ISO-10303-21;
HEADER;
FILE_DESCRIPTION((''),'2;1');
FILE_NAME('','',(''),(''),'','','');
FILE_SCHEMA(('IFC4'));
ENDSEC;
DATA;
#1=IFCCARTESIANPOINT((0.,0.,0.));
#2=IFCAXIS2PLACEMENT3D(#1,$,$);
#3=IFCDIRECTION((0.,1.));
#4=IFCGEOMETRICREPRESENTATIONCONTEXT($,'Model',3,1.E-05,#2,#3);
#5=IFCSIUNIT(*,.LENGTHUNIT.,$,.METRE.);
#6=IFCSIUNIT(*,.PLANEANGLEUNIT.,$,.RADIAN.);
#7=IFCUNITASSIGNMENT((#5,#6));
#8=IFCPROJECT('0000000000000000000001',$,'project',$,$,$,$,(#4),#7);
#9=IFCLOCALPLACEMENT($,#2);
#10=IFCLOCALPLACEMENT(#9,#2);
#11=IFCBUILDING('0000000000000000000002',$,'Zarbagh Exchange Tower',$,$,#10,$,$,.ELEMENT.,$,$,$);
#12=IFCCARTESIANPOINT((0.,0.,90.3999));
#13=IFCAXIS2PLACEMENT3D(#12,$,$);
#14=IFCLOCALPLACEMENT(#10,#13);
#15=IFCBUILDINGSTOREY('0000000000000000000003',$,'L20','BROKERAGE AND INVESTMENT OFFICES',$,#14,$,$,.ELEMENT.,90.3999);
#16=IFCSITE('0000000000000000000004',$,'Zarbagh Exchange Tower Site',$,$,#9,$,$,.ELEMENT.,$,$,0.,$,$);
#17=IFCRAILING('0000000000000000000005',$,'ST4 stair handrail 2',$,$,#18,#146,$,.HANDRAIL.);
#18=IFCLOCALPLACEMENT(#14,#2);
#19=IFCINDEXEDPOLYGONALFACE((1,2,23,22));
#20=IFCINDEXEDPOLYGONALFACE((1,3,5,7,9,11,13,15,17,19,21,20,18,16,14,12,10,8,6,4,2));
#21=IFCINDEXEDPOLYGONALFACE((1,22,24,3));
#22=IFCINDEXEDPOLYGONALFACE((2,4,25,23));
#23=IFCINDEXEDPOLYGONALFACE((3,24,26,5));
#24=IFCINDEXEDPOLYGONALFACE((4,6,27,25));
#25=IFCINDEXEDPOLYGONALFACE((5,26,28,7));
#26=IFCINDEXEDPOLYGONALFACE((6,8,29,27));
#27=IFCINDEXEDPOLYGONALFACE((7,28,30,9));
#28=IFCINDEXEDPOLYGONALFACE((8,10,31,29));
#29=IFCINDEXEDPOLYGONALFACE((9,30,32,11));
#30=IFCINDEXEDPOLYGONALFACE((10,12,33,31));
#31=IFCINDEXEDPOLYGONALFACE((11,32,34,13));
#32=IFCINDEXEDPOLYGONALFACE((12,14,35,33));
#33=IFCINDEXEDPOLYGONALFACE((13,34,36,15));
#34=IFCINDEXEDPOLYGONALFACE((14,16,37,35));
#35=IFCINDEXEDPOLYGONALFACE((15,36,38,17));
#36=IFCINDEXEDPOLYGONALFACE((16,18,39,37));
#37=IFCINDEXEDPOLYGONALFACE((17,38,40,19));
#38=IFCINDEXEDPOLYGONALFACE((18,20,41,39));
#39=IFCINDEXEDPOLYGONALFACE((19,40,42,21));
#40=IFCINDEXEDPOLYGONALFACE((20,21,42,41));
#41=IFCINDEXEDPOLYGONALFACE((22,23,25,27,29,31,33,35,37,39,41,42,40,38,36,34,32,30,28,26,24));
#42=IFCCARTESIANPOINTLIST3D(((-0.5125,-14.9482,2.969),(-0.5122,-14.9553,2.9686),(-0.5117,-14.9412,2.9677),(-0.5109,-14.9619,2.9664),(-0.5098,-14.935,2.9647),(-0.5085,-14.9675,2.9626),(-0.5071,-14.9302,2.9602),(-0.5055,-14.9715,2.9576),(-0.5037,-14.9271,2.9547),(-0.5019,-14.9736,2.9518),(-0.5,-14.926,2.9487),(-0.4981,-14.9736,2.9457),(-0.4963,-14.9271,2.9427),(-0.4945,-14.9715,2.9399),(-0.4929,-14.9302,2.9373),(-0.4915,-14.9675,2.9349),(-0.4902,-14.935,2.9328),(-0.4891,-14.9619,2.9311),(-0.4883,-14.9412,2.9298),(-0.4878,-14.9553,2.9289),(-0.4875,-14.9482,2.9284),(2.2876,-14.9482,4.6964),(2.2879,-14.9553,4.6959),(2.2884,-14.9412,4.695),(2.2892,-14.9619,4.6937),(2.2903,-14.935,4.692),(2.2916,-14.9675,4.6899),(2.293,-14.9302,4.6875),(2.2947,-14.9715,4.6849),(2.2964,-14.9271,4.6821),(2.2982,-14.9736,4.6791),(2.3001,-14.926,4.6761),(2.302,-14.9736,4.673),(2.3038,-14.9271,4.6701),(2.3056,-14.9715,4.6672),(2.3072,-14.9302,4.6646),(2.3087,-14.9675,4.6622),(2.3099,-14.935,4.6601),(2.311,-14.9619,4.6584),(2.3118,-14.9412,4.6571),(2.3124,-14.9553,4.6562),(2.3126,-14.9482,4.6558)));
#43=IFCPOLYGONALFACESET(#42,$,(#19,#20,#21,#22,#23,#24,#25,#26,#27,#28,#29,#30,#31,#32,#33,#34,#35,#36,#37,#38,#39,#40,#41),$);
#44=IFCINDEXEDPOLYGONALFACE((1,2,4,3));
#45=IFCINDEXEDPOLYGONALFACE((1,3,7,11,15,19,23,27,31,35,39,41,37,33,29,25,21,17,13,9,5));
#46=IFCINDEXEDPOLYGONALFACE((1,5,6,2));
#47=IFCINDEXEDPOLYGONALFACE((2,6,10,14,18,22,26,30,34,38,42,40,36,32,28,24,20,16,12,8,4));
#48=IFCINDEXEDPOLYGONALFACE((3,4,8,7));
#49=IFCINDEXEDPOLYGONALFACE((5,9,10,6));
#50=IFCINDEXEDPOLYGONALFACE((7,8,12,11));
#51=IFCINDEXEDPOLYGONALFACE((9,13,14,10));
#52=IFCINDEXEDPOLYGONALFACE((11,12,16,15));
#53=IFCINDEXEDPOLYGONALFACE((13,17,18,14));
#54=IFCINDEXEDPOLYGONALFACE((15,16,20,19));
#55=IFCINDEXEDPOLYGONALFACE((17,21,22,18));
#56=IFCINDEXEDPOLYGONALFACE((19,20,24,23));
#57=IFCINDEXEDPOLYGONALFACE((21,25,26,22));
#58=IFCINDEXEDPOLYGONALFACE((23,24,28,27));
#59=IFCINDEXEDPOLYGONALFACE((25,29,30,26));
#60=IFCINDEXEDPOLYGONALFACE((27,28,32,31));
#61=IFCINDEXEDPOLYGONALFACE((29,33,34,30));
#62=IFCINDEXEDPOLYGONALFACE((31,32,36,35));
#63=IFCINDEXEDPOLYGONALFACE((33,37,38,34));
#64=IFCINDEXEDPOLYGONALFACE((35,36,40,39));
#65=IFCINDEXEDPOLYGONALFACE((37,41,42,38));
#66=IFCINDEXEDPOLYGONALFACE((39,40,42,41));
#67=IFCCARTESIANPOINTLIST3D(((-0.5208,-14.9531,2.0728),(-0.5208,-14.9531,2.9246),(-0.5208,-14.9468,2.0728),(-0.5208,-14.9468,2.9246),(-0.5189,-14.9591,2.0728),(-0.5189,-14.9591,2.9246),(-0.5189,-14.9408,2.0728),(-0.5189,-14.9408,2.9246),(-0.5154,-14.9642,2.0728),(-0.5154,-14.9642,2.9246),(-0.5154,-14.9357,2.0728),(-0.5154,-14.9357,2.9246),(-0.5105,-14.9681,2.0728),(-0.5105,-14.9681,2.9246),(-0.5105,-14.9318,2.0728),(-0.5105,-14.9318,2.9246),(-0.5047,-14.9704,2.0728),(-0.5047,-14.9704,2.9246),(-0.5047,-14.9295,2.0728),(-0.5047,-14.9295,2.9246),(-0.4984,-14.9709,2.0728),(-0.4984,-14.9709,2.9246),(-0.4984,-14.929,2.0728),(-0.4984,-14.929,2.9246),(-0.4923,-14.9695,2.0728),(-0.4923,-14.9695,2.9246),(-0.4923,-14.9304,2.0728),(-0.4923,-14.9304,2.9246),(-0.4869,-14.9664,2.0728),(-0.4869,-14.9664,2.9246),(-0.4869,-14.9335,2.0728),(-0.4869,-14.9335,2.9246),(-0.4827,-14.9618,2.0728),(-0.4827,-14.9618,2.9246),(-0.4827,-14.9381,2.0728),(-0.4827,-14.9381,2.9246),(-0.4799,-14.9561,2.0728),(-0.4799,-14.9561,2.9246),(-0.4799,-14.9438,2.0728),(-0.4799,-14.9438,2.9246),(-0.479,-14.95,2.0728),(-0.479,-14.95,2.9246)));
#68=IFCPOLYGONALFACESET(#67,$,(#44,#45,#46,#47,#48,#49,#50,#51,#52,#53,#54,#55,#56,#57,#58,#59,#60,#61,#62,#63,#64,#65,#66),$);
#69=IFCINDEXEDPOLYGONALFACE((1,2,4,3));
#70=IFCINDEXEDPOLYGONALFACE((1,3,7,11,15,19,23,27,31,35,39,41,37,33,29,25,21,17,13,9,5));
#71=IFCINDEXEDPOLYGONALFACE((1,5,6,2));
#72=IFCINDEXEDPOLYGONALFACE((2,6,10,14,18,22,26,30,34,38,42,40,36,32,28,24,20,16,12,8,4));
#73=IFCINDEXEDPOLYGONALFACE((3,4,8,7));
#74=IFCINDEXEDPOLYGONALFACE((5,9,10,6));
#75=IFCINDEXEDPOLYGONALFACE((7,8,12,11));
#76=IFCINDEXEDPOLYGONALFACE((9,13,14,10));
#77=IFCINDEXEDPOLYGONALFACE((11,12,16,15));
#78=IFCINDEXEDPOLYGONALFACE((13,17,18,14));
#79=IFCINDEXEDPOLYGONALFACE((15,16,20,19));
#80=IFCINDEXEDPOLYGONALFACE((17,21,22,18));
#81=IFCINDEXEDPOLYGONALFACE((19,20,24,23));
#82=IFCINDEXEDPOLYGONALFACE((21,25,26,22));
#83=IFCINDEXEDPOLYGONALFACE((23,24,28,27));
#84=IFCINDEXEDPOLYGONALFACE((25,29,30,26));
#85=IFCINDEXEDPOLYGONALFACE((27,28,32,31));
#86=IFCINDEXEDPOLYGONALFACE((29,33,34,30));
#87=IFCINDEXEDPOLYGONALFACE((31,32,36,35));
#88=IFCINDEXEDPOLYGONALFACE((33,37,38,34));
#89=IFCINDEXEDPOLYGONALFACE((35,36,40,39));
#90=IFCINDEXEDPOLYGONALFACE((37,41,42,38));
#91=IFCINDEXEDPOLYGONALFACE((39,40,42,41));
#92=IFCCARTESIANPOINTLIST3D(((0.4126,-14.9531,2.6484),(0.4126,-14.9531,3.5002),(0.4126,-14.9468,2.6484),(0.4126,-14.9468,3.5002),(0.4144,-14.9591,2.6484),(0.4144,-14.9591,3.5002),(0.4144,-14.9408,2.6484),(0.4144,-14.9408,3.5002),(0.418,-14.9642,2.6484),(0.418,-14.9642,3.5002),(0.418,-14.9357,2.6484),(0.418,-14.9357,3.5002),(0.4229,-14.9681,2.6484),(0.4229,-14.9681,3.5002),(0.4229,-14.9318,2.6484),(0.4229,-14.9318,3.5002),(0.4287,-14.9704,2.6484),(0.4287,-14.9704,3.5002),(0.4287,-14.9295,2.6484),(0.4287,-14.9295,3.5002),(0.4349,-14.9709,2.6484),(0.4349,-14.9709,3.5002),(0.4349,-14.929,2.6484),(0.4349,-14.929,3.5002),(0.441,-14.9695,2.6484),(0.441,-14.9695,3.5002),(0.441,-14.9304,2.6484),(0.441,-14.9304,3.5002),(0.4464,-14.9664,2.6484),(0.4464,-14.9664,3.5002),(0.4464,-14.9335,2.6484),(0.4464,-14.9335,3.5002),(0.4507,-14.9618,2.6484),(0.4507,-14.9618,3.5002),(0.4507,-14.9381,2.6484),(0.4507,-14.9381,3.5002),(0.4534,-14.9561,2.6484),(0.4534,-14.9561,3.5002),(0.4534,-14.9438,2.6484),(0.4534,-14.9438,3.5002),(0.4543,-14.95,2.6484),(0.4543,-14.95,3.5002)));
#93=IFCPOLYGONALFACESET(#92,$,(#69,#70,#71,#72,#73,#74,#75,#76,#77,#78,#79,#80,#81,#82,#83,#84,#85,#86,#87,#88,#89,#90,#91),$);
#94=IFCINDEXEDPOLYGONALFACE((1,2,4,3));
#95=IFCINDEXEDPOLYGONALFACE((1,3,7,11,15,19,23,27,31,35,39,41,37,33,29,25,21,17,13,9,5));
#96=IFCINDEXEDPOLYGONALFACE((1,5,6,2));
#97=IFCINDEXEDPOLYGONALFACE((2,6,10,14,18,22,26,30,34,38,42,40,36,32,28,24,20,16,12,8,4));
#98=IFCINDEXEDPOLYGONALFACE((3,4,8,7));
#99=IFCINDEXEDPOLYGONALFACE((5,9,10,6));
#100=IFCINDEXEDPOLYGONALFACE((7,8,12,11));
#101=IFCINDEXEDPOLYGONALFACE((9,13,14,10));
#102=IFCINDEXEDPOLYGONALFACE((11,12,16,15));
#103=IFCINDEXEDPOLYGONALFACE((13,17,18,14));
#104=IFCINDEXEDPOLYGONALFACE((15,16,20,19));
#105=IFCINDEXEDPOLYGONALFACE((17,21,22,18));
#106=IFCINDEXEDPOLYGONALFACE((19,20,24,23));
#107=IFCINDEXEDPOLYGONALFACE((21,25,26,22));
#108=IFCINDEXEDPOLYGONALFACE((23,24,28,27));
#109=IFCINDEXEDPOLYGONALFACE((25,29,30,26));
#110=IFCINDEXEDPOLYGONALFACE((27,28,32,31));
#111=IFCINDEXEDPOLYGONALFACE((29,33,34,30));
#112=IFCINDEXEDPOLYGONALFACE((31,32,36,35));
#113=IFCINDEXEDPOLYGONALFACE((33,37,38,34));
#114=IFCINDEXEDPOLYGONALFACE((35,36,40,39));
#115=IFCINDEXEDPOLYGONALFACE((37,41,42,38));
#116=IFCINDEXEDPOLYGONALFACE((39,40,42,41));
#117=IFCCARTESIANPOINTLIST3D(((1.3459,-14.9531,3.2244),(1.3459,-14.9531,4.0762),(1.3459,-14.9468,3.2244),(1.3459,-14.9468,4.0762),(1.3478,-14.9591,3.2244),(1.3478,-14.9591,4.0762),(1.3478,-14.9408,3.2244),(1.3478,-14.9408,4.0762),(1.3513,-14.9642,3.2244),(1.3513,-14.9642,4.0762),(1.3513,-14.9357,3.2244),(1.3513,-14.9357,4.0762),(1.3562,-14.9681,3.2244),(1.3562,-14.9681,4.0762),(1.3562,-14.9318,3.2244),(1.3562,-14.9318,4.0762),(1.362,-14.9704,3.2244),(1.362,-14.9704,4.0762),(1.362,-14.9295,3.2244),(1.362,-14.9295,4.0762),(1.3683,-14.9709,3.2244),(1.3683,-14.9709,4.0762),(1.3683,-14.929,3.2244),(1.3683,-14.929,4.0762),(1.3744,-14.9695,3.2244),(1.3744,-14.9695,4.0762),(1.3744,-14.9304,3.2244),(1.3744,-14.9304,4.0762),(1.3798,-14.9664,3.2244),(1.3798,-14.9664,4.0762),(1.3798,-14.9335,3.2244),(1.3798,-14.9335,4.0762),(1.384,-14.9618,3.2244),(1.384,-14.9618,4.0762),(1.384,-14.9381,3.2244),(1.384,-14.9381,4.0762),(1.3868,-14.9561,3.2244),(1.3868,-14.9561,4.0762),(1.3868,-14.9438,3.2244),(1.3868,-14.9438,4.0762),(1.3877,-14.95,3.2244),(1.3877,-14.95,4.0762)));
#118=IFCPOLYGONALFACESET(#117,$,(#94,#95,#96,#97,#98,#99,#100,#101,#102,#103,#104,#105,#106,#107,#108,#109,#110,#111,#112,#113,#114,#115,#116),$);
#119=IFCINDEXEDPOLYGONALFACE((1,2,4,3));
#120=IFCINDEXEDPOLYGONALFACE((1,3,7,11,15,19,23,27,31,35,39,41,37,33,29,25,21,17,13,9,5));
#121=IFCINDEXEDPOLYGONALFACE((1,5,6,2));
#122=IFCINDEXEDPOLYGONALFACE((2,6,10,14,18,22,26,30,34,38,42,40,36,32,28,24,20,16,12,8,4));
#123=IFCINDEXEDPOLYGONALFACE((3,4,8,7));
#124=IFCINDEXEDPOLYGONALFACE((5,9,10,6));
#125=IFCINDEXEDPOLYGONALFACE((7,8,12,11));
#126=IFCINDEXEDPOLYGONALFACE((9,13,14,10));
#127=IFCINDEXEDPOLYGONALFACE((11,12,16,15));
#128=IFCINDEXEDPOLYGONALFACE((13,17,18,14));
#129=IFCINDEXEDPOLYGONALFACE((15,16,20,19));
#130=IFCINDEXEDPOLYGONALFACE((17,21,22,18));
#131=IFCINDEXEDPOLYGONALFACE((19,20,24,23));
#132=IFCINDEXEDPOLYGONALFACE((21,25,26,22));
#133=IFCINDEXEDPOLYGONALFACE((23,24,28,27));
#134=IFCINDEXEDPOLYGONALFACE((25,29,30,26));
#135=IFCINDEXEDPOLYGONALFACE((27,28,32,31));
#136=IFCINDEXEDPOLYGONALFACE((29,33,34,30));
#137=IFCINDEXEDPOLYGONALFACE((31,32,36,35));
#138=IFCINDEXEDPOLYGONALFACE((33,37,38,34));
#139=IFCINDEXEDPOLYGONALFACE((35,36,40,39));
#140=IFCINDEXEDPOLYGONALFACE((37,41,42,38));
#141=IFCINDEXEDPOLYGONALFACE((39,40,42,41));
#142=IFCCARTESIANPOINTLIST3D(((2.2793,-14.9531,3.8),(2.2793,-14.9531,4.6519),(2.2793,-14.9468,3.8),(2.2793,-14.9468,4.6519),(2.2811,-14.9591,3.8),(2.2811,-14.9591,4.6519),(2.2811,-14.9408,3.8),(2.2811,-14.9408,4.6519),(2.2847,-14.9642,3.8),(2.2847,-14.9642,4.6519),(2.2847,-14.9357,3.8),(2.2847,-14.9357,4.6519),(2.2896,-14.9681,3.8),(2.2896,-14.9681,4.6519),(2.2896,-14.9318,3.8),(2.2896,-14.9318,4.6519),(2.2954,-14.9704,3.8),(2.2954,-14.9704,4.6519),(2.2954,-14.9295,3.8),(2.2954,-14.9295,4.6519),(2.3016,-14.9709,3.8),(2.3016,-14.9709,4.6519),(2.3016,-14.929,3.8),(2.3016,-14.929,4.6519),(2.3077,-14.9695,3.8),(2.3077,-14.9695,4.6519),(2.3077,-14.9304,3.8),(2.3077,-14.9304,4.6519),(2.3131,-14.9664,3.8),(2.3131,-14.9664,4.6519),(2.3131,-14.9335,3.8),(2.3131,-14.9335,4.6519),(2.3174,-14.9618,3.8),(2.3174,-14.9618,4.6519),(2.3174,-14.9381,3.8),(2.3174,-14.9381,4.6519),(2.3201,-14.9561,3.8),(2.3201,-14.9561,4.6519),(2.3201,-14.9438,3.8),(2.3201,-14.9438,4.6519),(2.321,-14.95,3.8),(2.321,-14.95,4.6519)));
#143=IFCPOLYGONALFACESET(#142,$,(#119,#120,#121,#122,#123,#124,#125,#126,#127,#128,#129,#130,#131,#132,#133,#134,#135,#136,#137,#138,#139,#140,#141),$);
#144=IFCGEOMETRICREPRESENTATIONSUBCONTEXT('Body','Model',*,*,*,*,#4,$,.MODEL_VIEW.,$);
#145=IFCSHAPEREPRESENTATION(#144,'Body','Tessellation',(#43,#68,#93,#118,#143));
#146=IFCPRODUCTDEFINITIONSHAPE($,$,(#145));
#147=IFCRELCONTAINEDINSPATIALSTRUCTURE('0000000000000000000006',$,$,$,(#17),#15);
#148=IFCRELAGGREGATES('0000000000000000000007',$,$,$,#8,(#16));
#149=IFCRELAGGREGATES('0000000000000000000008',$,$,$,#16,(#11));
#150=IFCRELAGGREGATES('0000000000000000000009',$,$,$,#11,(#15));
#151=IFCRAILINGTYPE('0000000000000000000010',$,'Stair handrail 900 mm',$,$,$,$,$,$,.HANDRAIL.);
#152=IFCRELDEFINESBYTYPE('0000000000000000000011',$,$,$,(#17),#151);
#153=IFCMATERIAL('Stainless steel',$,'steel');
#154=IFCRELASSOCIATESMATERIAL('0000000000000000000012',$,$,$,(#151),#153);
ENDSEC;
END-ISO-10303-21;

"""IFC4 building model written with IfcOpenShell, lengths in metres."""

from ifc_helpers import new_model, si_unit, direction, frame, origin, origin_2d, place, context, subcontext, project, spatial, circle, extrude, material, type_object, element, save


model = new_model("IFC4")

# Units and contexts
model_context = context("Model", 3, precision=1e-05, world=origin(), true_north=direction((0.0, 1.0)))
body_context = subcontext(model_context, "Body", "Model", "MODEL_VIEW")
ifc_project = project(units=[si_unit("LENGTHUNIT", "METRE"), si_unit("PLANEANGLEUNIT", "RADIAN")], contexts=[model_context])

# Site, building, storey
site_placement = place(None, origin())
site = spatial("IfcSite", under=ifc_project, at=site_placement, Name="Zarbagh Exchange Tower Site", CompositionType="ELEMENT", RefElevation=0.0)
building_placement = place(site_placement, origin())
building = spatial("IfcBuilding", under=site, at=building_placement, Name="Zarbagh Exchange Tower", CompositionType="ELEMENT")
storey_placement = place(building_placement, frame((0.0, 0.0, 90.3999)))
storey = spatial("IfcBuildingStorey", under=building, at=storey_placement, Name="L20", Description="BROKERAGE AND INVESTMENT OFFICES", CompositionType="ELEMENT", Elevation=90.3999)

# Shared definitions
ifc_material_1 = material(Name="Stainless steel", Category="steel")

# Railing
railing_type = type_object("IfcRailingType", Name="Stair handrail 900 mm", PredefinedType="HANDRAIL", material=ifc_material_1)
for number, where, name in (
    (1, (-0.5, -14.95, 2.0728), "ST4 stair handrail 2"),
):
    element("IfcRailing", number, at=place(storey_placement, frame(where)), inside=storey, type_object=railing_type, Name=name, PredefinedType="HANDRAIL", context=body_context, shape_type="SweptSolid", body=[
        extrude(circle(Radius=0.0239, at=origin_2d()), frame((0.0, 0.0, 0.876), z_axis=(0.85109, 0.0, 0.52502), x_axis=(0.0, 1.0, 0.0)), (0.0, 0.0, 1.0), 3.29),
        extrude(circle(Radius=0.021, at=origin_2d()), origin(), (0.0, 0.0, 1.0), 0.8518),
        extrude(circle(Radius=0.021, at=origin_2d()), frame((0.9333, 0.0, 0.5757)), (0.0, 0.0, 1.0), 0.8518),
        extrude(circle(Radius=0.021, at=origin_2d()), frame((1.8667, 0.0, 1.1516)), (0.0, 0.0, 1.0), 0.8518),
        extrude(circle(Radius=0.021, at=origin_2d()), frame((2.8, 0.0, 1.7273)), (0.0, 0.0, 1.0), 0.8518),
    ])

save(model, "model.ifc")
